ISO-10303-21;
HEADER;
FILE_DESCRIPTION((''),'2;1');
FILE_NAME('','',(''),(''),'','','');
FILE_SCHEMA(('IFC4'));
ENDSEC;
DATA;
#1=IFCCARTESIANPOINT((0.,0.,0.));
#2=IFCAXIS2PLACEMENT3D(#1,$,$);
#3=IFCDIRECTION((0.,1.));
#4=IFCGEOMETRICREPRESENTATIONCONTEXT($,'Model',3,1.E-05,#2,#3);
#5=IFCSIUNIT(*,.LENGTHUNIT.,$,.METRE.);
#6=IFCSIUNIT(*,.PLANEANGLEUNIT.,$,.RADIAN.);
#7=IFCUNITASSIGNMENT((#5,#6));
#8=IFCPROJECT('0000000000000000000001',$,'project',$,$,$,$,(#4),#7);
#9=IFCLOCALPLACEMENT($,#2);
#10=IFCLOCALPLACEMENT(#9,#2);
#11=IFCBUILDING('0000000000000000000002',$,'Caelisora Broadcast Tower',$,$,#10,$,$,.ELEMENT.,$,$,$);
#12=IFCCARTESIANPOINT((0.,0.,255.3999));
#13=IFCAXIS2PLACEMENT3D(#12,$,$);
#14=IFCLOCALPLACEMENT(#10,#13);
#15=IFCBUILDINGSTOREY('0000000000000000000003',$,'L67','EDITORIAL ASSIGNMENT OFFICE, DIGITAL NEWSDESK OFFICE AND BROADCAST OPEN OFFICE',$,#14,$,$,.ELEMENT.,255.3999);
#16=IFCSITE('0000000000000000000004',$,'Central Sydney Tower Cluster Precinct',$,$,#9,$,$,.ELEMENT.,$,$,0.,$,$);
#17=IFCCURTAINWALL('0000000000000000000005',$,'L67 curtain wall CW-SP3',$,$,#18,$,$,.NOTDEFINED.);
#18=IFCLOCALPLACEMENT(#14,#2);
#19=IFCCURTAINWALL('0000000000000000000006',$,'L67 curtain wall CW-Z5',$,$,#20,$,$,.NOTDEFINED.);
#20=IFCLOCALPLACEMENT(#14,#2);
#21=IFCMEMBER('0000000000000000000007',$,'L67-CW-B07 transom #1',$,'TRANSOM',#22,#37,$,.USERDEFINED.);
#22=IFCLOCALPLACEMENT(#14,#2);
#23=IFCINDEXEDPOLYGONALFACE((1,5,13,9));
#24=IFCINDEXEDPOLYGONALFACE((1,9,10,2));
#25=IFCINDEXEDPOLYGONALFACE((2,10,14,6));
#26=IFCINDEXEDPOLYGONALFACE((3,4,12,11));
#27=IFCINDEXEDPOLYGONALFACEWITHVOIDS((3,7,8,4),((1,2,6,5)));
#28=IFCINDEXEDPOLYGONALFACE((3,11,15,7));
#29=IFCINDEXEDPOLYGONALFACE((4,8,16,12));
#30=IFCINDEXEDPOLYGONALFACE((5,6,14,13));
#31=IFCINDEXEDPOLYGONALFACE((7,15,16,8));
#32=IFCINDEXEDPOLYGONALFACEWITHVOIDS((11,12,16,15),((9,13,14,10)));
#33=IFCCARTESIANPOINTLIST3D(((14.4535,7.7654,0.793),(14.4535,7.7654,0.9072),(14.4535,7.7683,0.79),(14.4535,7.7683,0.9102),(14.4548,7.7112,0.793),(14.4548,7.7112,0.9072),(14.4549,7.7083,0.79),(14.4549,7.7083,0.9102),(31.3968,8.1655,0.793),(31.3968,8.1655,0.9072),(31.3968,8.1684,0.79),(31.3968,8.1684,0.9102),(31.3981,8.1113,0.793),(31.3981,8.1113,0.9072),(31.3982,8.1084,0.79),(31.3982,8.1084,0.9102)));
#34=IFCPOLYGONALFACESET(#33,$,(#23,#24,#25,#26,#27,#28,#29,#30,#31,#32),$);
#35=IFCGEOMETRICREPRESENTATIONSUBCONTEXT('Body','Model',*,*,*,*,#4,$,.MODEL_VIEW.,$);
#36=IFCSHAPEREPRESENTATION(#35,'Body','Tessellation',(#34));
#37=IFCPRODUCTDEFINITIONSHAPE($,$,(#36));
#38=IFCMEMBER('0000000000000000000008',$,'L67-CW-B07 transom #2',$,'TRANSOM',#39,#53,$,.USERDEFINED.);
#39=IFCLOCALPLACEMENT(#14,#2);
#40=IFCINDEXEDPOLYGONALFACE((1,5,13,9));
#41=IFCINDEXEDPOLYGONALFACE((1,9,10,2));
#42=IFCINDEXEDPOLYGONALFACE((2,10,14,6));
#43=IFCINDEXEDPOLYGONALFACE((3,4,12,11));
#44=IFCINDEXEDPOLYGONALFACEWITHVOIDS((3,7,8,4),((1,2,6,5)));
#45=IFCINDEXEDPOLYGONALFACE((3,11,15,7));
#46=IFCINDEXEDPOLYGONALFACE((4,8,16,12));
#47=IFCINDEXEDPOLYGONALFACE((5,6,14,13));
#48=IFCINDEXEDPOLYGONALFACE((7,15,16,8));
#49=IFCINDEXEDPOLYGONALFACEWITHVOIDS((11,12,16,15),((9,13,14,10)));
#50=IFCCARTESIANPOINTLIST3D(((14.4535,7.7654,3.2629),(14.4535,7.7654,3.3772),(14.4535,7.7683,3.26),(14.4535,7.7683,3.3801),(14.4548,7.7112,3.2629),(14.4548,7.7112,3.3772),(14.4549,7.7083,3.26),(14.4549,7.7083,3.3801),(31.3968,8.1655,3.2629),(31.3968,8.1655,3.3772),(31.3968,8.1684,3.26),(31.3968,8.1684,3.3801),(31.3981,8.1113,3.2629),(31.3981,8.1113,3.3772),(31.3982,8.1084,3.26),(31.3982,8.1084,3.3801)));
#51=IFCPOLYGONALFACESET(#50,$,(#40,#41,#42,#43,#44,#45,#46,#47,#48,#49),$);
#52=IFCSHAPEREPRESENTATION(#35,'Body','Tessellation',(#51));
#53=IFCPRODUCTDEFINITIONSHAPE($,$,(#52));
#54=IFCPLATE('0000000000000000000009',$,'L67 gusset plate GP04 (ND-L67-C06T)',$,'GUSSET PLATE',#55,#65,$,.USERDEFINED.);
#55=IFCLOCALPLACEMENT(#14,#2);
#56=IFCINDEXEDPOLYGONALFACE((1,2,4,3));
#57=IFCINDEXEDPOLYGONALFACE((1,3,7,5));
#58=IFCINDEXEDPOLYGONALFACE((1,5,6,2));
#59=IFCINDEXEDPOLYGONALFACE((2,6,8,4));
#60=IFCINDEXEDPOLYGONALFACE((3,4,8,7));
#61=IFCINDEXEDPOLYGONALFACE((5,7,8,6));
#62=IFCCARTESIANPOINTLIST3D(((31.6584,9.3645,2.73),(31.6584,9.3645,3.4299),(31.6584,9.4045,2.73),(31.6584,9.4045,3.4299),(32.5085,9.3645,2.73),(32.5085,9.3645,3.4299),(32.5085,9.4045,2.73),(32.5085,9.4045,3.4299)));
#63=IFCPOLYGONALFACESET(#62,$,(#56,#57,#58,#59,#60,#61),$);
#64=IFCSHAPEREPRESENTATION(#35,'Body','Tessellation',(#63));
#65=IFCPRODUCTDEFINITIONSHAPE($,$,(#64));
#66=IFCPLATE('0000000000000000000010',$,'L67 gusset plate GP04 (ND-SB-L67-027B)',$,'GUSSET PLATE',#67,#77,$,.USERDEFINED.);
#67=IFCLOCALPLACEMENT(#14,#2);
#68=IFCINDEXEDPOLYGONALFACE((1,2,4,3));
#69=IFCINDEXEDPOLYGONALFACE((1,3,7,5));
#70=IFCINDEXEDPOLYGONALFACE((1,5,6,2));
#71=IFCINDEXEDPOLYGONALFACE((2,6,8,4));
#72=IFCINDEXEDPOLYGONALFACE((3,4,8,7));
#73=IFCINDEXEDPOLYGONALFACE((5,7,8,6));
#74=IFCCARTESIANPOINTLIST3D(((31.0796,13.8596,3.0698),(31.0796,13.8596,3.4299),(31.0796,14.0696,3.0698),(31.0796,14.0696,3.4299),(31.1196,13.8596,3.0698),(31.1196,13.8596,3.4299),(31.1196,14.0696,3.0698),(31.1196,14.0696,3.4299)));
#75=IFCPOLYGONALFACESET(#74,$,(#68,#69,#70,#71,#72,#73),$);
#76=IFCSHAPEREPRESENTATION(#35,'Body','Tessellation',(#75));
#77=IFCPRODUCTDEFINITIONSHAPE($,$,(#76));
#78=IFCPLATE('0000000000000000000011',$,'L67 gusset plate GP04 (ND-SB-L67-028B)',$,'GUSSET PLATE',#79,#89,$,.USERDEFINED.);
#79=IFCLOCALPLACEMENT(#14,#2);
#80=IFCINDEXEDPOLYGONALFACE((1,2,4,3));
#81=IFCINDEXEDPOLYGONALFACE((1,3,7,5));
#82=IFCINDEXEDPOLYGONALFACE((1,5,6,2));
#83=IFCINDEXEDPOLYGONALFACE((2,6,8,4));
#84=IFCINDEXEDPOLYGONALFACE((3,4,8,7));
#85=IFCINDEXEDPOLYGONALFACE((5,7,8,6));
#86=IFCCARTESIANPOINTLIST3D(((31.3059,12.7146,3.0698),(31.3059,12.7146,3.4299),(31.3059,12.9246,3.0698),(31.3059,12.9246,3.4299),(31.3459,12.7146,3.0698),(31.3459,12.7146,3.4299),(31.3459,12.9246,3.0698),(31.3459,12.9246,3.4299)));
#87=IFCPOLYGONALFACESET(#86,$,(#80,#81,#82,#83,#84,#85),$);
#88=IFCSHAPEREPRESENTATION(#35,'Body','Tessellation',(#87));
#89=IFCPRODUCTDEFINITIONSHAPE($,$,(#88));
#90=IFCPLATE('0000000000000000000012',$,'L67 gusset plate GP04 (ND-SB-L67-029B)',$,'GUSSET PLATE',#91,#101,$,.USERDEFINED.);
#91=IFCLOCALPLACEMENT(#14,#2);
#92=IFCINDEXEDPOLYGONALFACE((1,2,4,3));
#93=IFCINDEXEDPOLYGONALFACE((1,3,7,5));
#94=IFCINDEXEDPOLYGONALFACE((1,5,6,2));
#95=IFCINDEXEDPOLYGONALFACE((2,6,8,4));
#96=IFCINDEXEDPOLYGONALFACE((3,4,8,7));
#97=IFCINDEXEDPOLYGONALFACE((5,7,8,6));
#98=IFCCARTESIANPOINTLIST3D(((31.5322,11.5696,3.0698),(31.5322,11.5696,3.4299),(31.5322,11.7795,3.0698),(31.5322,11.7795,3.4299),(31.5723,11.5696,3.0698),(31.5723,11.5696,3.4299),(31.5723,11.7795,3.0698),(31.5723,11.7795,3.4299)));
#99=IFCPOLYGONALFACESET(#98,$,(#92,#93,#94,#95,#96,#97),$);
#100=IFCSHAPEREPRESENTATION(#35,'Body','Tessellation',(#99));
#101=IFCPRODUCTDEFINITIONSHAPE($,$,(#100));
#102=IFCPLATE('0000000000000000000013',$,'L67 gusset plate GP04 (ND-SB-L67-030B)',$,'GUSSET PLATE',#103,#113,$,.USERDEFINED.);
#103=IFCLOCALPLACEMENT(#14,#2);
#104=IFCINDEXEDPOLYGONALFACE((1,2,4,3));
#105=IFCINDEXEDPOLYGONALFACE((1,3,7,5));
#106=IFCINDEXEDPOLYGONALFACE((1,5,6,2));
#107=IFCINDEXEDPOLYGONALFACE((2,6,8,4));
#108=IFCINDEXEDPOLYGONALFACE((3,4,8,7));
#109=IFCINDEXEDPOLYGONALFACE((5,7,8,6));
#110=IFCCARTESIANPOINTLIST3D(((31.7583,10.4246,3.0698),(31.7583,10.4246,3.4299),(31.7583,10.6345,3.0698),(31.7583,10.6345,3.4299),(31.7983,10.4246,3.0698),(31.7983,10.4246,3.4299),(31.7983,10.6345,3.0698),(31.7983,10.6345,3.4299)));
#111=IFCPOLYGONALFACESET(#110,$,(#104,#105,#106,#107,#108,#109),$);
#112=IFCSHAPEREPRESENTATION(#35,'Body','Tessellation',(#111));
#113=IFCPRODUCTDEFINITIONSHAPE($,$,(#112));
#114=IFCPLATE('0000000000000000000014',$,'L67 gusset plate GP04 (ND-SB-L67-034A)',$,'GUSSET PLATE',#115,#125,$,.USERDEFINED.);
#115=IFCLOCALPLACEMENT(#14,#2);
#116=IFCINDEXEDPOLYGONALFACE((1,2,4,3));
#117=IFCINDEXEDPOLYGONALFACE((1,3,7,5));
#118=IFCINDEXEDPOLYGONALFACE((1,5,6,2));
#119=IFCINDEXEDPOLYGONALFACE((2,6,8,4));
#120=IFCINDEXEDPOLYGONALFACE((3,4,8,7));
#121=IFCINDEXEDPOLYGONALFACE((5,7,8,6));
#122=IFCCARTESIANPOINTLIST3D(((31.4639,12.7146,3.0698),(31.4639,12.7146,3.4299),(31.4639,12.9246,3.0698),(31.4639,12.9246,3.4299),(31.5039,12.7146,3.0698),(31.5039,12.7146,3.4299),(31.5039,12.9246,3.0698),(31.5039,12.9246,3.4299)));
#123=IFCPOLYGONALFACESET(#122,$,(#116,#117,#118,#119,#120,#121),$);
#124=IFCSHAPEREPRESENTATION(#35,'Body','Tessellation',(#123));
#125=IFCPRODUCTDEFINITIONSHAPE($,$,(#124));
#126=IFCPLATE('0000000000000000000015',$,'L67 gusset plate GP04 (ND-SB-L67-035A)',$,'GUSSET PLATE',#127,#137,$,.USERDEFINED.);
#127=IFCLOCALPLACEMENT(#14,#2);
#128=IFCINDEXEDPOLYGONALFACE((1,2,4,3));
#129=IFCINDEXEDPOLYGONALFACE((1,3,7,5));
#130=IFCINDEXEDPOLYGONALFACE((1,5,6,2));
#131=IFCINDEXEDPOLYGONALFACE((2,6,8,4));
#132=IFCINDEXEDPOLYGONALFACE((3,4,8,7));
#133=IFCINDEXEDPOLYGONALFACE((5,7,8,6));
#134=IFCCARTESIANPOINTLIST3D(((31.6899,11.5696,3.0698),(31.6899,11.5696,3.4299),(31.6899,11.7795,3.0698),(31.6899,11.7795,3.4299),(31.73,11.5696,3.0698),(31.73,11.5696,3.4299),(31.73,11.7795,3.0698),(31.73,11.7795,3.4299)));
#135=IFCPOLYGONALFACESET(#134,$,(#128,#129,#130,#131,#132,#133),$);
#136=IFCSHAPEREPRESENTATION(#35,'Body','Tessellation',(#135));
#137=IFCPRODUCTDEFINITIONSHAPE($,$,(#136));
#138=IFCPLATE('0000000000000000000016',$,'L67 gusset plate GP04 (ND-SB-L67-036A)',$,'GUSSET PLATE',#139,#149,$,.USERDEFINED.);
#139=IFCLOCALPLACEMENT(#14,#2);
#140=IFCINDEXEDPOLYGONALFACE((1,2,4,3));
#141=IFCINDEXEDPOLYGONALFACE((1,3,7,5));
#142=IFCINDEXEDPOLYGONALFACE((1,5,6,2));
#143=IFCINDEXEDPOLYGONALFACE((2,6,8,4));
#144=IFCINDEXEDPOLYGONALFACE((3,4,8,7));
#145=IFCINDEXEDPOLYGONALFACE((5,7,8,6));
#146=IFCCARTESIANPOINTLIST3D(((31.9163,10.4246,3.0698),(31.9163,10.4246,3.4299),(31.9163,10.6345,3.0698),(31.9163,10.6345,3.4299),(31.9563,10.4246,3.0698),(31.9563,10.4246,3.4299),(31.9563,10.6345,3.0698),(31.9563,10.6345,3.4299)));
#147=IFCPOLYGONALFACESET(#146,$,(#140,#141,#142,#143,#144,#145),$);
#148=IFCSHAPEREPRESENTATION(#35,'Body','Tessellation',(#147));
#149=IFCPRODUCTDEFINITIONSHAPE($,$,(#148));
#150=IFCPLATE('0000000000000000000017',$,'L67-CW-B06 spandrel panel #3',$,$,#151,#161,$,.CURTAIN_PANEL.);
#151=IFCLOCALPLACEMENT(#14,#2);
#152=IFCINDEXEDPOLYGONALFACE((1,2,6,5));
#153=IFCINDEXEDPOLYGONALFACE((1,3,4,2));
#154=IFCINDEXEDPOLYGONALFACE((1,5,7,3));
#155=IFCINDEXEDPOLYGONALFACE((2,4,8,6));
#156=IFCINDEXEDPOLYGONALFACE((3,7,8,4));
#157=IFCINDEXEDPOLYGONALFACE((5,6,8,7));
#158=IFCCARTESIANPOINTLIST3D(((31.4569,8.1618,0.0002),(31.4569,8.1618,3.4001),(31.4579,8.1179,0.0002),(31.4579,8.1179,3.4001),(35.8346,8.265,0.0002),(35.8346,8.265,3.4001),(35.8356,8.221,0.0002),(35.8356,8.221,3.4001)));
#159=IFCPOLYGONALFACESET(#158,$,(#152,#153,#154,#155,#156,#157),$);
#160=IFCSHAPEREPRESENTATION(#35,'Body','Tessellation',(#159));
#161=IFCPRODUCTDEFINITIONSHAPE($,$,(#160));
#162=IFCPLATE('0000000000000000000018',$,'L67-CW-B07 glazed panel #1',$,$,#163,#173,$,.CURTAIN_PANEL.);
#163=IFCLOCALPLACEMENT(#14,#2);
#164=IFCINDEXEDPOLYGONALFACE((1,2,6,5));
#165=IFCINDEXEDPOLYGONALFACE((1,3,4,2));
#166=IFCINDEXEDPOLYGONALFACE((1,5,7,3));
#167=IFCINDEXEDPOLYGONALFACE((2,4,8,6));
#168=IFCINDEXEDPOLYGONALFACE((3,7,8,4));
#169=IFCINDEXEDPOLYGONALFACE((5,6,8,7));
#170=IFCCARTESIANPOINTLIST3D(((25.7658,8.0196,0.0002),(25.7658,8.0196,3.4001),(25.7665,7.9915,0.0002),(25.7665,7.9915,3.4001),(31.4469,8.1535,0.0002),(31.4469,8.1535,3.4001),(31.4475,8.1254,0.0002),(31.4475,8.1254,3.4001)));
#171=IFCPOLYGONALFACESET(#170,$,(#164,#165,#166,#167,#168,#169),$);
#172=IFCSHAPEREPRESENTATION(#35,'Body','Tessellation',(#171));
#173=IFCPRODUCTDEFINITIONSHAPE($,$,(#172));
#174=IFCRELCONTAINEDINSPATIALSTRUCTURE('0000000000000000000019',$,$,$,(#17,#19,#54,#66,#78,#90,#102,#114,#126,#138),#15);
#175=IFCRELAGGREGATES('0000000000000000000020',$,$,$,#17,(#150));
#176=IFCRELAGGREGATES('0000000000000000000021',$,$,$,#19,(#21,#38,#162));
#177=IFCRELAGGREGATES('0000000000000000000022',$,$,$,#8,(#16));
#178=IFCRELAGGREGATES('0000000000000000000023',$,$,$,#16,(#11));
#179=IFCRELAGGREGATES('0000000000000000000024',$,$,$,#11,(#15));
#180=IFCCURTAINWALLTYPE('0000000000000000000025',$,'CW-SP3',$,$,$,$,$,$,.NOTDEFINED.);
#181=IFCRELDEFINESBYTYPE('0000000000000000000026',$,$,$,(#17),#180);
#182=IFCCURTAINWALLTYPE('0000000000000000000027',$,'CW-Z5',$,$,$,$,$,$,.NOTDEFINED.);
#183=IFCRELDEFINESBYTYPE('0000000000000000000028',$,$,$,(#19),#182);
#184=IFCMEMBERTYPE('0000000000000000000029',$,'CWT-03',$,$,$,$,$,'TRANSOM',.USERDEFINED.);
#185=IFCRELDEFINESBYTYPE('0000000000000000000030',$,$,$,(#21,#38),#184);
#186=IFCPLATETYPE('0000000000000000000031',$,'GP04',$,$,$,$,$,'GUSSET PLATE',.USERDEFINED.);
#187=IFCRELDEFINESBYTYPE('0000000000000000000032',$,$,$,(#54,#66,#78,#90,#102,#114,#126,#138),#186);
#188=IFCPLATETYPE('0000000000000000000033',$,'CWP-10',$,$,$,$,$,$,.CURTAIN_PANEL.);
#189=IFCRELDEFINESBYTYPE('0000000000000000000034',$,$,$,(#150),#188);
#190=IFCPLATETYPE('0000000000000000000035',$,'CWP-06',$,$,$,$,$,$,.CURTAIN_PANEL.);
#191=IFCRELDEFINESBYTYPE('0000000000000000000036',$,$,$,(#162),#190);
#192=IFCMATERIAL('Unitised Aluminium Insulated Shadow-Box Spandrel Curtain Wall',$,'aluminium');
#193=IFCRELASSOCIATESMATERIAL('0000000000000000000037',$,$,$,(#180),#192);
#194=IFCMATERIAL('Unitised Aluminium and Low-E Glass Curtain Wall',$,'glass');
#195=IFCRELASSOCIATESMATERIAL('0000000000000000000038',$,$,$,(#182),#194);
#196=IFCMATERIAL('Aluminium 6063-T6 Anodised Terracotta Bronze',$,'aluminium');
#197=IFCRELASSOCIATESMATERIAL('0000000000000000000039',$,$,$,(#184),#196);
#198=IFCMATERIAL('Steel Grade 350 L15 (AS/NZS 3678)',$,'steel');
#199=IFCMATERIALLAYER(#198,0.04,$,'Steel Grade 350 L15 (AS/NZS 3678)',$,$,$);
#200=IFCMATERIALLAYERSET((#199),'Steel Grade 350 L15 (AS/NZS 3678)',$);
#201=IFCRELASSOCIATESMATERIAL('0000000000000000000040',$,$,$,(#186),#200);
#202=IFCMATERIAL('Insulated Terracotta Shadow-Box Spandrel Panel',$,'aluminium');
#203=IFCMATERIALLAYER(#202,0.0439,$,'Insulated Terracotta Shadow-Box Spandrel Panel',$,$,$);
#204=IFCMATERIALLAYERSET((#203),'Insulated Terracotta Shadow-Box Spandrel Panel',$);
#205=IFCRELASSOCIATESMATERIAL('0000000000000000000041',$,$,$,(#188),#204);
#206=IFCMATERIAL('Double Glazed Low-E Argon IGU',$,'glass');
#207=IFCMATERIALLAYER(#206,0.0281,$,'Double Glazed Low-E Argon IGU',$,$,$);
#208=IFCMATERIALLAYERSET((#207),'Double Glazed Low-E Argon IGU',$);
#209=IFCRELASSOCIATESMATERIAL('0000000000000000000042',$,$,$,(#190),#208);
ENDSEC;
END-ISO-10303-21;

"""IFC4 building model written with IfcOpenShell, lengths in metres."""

from ifc_helpers import new_model, si_unit, direction, frame, origin, origin_2d, place, context, subcontext, project, spatial, rectangle, hollow_rectangle, extrude, source, transform, mapped, material, layer, layer_set, material_profile, profile_set, type_object, type_shapes, element, aggregate, save


model = new_model("IFC4")

# Units and contexts
model_context = context("Model", 3, precision=1e-05, world=origin(), true_north=direction((0.0, 1.0)))
body_context = subcontext(model_context, "Body", "Model", "MODEL_VIEW")
ifc_project = project(units=[si_unit("LENGTHUNIT", "METRE"), si_unit("PLANEANGLEUNIT", "RADIAN")], contexts=[model_context])

# Site, building, storey
site_placement = place(None, origin())
site = spatial("IfcSite", under=ifc_project, at=site_placement, Name="Central Sydney Tower Cluster Precinct", CompositionType="ELEMENT", RefElevation=0.0)
building_placement = place(site_placement, origin())
building = spatial("IfcBuilding", under=site, at=building_placement, Name="Caelisora Broadcast Tower", CompositionType="ELEMENT")
storey_placement = place(building_placement, frame((0.0, 0.0, 255.3999)))
storey = spatial("IfcBuildingStorey", under=building, at=storey_placement, Name="L67", Description="EDITORIAL ASSIGNMENT OFFICE, DIGITAL NEWSDESK OFFICE AND BROADCAST OPEN OFFICE", CompositionType="ELEMENT", Elevation=255.3999)

# Shared definitions
ifc_material_1 = material(Name="Steel Grade 350 L15 (AS/NZS 3678)", Category="steel")

# Curtain walls, members
ifc_material_2 = material(Name="Unitised Aluminium Insulated Shadow-Box Spandrel Curtain Wall", Category="aluminium")
curtain_wall_type_1 = type_object("IfcCurtainWallType", Name="CW-SP3", PredefinedType="NOTDEFINED", material=ifc_material_2)
curtain_wall_1_placement = place(storey_placement, origin())
curtain_wall_1 = element("IfcCurtainWall", 1, at=curtain_wall_1_placement, inside=storey, type_object=curtain_wall_type_1, Name="L67 curtain wall CW-SP3", PredefinedType="NOTDEFINED")
ifc_material_3 = material(Name="Aluminium 6063-T6 Anodised Terracotta Bronze", Category="aluminium")
ifc_material_4 = material(Name="Unitised Aluminium and Low-E Glass Curtain Wall", Category="glass")
curtain_wall_type_2 = type_object("IfcCurtainWallType", Name="CW-Z5", PredefinedType="NOTDEFINED", material=ifc_material_4)
curtain_wall_2_placement = place(storey_placement, origin())
curtain_wall_2 = element("IfcCurtainWall", 2, at=curtain_wall_2_placement, inside=storey, type_object=curtain_wall_type_2, Name="L67 curtain wall CW-Z5", PredefinedType="NOTDEFINED")
ifc_material_profile_1 = material_profile(ifc_material_3, hollow_rectangle(XDim=0.0601, YDim=0.1201, WallThickness=0.0029, at=origin_2d()), Name="Aluminium 6063-T6 Anodised Terracotta Bronze")
ifc_profile_set_1 = profile_set([ifc_material_profile_1], Name="Aluminium 6063-T6 Anodised Terracotta Bronze")
member_type_1 = type_object("IfcMemberType", Name="CWT-03", ElementType="TRANSOM", PredefinedType="USERDEFINED", material=ifc_profile_set_1)
shared_shape_1 = source(origin(), body_context, "Body", "SweptSolid", [
    extrude(hollow_rectangle(XDim=0.0601, YDim=0.1201, WallThickness=0.0029, at=origin_2d()), origin(), (0.0, 0.0, 1.0), 16.948),
])
type_shapes(member_type_1, [shared_shape_1])
member_1_placement = place(storey_placement, frame((31.3975, 8.1384, 0.8501), z_axis=(-0.999721, -0.02361, 0.0), x_axis=(0.02361, -0.999721, 0.0)))
member_1 = element("IfcMember", 3, at=member_1_placement, type_object=member_type_1, Name="L67-CW-B07 transom #1", ObjectType="TRANSOM", PredefinedType="USERDEFINED", context=body_context, shape_type="MappedRepresentation", body=[
    mapped(shared_shape_1, transform((0.0, 0.0, 0.0), scale=1.0)),
])
member_2_placement = place(storey_placement, frame((31.3975, 8.1384, 3.3201), z_axis=(-0.999721, -0.02361, 0.0), x_axis=(0.02361, -0.999721, 0.0)))
member_2 = element("IfcMember", 4, at=member_2_placement, type_object=member_type_1, Name="L67-CW-B07 transom #2", ObjectType="TRANSOM", PredefinedType="USERDEFINED", context=body_context, shape_type="MappedRepresentation", body=[
    mapped(shared_shape_1, transform((0.0, 0.0, 0.0), scale=1.0)),
])

# Plates
ifc_layer_1 = layer(ifc_material_1, 0.04, Name="Steel Grade 350 L15 (AS/NZS 3678)")
ifc_layer_set_1 = layer_set([ifc_layer_1], Name="Steel Grade 350 L15 (AS/NZS 3678)")
plate_type_1 = type_object("IfcPlateType", Name="GP04", ElementType="GUSSET PLATE", PredefinedType="USERDEFINED", material=ifc_layer_set_1)
shared_shape_2 = source(origin(), body_context, "Body", "SweptSolid", [
    extrude(rectangle(XDim=0.8501, YDim=0.04, at=origin_2d()), origin(), (0.0, 0.0, 1.0), 0.7),
])
plate_1_placement = place(storey_placement, frame((32.0835, 9.3845, 2.73), z_axis=(0.0, 0.0, 1.0), x_axis=(1.0, 0.0, 0.0)))
element("IfcPlate", 5, at=plate_1_placement, inside=storey, type_object=plate_type_1, Name="L67 gusset plate GP04 (ND-L67-C06T)", ObjectType="GUSSET PLATE", PredefinedType="USERDEFINED", context=body_context, shape_type="MappedRepresentation", body=[
    mapped(shared_shape_2, transform((0.0, 0.0, 0.0), scale=1.0)),
])
shared_shape_3 = source(origin(), body_context, "Body", "SweptSolid", [
    extrude(rectangle(XDim=0.21, YDim=0.04, at=origin_2d()), origin(), (0.0, 0.0, 1.0), 0.3601),
])
type_shapes(plate_type_1, [shared_shape_2, shared_shape_3])
for number, where, z_axis, x_axis, name in (
    (6, (31.0996, 13.9646, 3.0698), (0.0, 0.0, 1.0), (0.0, 1.0, 0.0), "L67 gusset plate GP04 (ND-SB-L67-027B)"),
    (7, (31.3259, 12.8196, 3.0698), (0.0, 0.0, 1.0), (0.0, 1.0, 0.0), "L67 gusset plate GP04 (ND-SB-L67-028B)"),
    (8, (31.5522, 11.6746, 3.0698), (0.0, 0.0, 1.0), (0.0, 1.0, 0.0), "L67 gusset plate GP04 (ND-SB-L67-029B)"),
    (9, (31.7783, 10.5295, 3.0698), (0.0, 0.0, 1.0), (0.0, 1.0, 0.0), "L67 gusset plate GP04 (ND-SB-L67-030B)"),
    (10, (31.4839, 12.8196, 3.0698), (0.0, 0.0, 1.0), (0.0, 1.0, 0.0), "L67 gusset plate GP04 (ND-SB-L67-034A)"),
    (11, (31.71, 11.6746, 3.0698), (0.0, 0.0, 1.0), (0.0, 1.0, 0.0), "L67 gusset plate GP04 (ND-SB-L67-035A)"),
    (12, (31.9363, 10.5295, 3.0698), (0.0, 0.0, 1.0), (0.0, 1.0, 0.0), "L67 gusset plate GP04 (ND-SB-L67-036A)"),
):
    element("IfcPlate", number, at=place(storey_placement, frame(where, z_axis=z_axis, x_axis=x_axis)), inside=storey, type_object=plate_type_1, Name=name, ObjectType="GUSSET PLATE", PredefinedType="USERDEFINED", context=body_context, shape_type="MappedRepresentation", body=[
        mapped(shared_shape_3, transform((0.0, 0.0, 0.0), scale=1.0)),
    ])

# Plates
ifc_material_5 = material(Name="Insulated Terracotta Shadow-Box Spandrel Panel", Category="aluminium")
ifc_layer_2 = layer(ifc_material_5, 0.0439, Name="Insulated Terracotta Shadow-Box Spandrel Panel")
ifc_layer_set_2 = layer_set([ifc_layer_2], Name="Insulated Terracotta Shadow-Box Spandrel Panel")
plate_type_2 = type_object("IfcPlateType", Name="CWP-10", PredefinedType="CURTAIN_PANEL", material=ifc_layer_set_2)
shared_shape_4 = source(origin(), body_context, "Body", "SweptSolid", [
    extrude(rectangle(XDim=4.3789, YDim=0.0439, at=origin_2d()), origin(), (0.0, 0.0, 1.0), 3.3999),
])
type_shapes(plate_type_2, [shared_shape_4])
plate_2_placement = place(storey_placement, frame((33.6462, 8.1914, 0.0002), z_axis=(0.0, 0.0, 1.0), x_axis=(-0.999722, -0.02356, 0.0)))
plate_2 = element("IfcPlate", 13, at=plate_2_placement, type_object=plate_type_2, Name="L67-CW-B06 spandrel panel #3", PredefinedType="CURTAIN_PANEL", context=body_context, shape_type="MappedRepresentation", body=[
    mapped(shared_shape_4, transform((0.0, 0.0, 0.0), scale=1.0)),
])
aggregate(curtain_wall_1, [plate_2])
ifc_material_6 = material(Name="Double Glazed Low-E Argon IGU", Category="glass")
ifc_layer_3 = layer(ifc_material_6, 0.0281, Name="Double Glazed Low-E Argon IGU")
ifc_layer_set_3 = layer_set([ifc_layer_3], Name="Double Glazed Low-E Argon IGU")
plate_type_3 = type_object("IfcPlateType", Name="CWP-06", PredefinedType="CURTAIN_PANEL", material=ifc_layer_set_3)
shared_shape_5 = source(origin(), body_context, "Body", "SweptSolid", [
    extrude(rectangle(XDim=5.6826, YDim=0.0281, at=origin_2d()), origin(), (0.0, 0.0, 1.0), 3.3999),
])
type_shapes(plate_type_3, [shared_shape_5])
plate_3_placement = place(storey_placement, frame((28.6067, 8.0725, 0.0002), z_axis=(0.0, 0.0, 1.0), x_axis=(-0.999722, -0.02356, 0.0)))
plate_3 = element("IfcPlate", 14, at=plate_3_placement, type_object=plate_type_3, Name="L67-CW-B07 glazed panel #1", PredefinedType="CURTAIN_PANEL", context=body_context, shape_type="MappedRepresentation", body=[
    mapped(shared_shape_5, transform((0.0, 0.0, 0.0), scale=1.0)),
])
aggregate(curtain_wall_2, [member_1, member_2, plate_3])

save(model, "model.ifc")
